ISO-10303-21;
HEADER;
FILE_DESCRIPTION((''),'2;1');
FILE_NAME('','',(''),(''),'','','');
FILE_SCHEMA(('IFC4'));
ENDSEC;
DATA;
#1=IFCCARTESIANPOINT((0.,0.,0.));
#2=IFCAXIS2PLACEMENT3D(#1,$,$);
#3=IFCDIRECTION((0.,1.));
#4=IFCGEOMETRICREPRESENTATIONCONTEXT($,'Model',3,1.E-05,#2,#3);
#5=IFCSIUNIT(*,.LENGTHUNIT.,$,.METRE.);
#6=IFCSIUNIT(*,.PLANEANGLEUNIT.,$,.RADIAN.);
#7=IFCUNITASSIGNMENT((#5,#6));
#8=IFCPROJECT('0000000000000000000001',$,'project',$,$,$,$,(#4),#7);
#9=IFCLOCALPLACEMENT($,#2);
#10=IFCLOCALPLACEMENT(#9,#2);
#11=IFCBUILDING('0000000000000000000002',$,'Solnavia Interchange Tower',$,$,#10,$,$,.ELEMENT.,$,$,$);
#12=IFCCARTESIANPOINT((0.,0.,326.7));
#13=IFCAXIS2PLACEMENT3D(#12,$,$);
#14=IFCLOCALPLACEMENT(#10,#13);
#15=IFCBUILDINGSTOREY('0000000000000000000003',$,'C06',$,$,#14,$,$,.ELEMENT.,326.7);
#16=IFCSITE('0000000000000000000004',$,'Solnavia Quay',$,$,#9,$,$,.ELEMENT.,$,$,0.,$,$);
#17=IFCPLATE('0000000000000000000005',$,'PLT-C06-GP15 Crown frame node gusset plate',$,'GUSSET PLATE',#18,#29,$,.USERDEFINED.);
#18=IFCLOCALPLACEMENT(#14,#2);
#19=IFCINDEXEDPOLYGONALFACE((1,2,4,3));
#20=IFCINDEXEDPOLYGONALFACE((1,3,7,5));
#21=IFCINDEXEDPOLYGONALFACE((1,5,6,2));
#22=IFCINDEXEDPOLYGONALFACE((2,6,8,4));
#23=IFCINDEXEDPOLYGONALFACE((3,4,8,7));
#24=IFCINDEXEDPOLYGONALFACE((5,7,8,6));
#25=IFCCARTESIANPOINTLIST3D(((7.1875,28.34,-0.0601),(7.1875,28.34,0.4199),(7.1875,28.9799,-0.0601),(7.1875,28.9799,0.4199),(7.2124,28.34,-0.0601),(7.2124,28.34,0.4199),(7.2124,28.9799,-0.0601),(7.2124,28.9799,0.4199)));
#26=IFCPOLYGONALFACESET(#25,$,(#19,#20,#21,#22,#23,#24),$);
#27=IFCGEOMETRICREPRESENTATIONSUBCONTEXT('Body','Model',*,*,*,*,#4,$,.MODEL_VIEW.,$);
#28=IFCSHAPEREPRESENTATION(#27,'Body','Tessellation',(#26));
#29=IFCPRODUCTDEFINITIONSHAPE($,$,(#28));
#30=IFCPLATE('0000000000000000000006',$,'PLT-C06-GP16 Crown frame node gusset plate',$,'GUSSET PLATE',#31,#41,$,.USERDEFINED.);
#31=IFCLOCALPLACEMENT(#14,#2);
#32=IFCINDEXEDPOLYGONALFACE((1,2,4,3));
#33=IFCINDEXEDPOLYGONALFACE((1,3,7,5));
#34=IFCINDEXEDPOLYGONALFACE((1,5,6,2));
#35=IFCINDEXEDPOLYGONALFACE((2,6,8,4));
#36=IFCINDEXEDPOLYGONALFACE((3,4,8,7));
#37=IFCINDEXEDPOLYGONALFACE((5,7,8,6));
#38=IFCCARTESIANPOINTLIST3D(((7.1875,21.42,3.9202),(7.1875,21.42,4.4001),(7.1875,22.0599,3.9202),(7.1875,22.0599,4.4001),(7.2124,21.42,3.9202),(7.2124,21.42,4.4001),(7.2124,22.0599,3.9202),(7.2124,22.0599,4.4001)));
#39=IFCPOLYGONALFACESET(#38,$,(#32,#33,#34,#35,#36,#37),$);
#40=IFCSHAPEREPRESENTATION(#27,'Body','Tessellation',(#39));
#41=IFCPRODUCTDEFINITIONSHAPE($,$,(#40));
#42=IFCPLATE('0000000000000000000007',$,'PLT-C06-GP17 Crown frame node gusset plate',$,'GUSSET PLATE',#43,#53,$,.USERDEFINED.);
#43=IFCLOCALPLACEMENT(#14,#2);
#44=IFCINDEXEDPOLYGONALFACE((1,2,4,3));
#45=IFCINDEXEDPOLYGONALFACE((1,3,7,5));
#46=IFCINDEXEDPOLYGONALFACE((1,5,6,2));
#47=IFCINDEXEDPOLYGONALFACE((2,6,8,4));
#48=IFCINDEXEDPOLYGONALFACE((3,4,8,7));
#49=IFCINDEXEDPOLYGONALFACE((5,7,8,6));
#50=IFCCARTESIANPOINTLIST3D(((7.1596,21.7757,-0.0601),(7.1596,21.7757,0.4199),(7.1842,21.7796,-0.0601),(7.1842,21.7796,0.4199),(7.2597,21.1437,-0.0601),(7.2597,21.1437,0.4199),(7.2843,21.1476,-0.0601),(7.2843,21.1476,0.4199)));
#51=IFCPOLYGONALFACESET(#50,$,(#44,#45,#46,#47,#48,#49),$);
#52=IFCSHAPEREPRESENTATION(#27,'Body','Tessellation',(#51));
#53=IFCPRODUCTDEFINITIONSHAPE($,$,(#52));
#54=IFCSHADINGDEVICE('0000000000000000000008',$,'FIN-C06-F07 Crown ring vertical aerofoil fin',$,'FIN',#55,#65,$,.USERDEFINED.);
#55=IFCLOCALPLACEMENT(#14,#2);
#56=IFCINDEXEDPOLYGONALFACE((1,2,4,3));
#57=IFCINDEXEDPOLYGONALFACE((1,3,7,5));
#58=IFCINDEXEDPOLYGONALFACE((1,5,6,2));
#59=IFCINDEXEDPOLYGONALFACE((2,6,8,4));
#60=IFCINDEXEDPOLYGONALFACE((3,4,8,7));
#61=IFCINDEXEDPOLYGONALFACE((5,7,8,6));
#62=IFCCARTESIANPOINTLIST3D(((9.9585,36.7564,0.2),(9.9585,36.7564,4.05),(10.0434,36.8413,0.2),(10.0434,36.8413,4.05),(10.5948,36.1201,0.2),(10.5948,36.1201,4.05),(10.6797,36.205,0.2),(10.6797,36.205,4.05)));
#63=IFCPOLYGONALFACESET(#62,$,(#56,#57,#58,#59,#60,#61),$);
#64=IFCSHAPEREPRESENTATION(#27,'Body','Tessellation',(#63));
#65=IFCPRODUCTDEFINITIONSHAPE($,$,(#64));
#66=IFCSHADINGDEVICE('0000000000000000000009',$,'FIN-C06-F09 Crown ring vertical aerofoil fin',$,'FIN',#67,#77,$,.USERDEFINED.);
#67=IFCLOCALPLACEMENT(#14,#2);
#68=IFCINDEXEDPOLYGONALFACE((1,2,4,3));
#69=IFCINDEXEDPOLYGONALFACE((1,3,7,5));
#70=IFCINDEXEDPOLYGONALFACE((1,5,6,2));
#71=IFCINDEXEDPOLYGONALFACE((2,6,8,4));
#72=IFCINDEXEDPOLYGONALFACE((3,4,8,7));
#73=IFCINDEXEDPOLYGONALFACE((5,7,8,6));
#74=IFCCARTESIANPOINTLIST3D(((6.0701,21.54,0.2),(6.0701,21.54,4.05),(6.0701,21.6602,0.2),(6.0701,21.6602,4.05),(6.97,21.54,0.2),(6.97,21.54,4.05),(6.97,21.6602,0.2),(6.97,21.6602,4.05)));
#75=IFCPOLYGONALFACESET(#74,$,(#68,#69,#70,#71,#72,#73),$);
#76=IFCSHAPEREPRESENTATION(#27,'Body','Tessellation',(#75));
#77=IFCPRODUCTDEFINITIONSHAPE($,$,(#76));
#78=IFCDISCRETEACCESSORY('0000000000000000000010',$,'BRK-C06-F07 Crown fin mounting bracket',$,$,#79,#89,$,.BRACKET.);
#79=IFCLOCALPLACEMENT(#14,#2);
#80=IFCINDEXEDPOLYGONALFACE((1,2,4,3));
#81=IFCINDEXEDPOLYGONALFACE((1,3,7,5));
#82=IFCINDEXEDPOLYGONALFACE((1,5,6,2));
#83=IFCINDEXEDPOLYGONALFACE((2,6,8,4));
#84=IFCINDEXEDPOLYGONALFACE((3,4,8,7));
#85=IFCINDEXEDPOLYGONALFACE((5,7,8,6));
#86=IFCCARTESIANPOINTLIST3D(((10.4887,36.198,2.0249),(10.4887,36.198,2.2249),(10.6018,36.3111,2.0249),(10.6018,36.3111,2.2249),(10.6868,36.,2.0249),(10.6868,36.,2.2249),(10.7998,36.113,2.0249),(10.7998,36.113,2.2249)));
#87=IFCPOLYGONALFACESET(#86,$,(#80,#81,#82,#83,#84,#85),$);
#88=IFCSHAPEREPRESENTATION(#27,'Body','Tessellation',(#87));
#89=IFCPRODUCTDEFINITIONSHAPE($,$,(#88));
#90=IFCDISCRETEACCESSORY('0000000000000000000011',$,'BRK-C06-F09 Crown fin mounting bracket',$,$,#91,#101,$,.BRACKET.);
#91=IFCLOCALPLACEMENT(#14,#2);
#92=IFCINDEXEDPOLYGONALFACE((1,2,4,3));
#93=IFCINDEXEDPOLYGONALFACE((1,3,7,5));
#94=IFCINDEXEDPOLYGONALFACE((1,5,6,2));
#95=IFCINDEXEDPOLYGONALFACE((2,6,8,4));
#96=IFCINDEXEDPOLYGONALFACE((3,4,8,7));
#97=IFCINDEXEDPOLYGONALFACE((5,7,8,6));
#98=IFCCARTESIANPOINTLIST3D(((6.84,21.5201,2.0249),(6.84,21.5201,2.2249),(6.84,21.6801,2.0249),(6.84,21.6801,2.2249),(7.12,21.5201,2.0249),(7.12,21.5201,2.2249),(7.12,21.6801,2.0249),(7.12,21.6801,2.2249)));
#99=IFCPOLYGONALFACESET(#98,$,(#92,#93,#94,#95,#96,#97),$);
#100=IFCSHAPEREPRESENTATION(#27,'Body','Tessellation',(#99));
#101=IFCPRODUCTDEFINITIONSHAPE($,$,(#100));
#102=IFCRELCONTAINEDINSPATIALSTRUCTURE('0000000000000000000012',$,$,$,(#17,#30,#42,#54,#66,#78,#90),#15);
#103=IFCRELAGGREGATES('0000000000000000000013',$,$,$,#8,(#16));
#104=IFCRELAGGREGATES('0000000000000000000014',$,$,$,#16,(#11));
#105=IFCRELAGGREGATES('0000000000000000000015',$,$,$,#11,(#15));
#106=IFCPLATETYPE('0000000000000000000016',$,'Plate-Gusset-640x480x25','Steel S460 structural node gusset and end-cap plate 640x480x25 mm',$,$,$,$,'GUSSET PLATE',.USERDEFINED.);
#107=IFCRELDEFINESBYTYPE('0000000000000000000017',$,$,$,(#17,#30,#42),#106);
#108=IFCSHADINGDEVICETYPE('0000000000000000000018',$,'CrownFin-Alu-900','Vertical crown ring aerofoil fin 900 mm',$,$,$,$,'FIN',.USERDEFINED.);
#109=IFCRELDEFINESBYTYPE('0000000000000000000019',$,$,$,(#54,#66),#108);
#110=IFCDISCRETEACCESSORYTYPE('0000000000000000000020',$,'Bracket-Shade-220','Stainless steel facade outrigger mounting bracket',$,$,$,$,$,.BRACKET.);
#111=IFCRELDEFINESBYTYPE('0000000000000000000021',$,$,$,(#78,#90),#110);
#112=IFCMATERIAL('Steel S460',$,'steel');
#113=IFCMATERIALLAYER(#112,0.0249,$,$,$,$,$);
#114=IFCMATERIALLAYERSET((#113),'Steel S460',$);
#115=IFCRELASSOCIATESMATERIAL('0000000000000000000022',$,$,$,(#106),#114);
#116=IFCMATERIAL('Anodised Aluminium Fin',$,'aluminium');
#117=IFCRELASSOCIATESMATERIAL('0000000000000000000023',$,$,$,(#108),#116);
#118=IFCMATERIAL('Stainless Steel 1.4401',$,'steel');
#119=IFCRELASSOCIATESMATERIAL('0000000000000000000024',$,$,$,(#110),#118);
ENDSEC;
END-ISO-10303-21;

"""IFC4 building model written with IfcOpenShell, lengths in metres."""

from ifc_helpers import new_model, si_unit, direction, frame, origin, origin_2d, place, context, subcontext, project, spatial, rectangle, extrude, material, layer, layer_set, type_object, element, save


model = new_model("IFC4")

# Units and contexts
model_context = context("Model", 3, precision=1e-05, world=origin(), true_north=direction((0.0, 1.0)))
body_context = subcontext(model_context, "Body", "Model", "MODEL_VIEW")
ifc_project = project(units=[si_unit("LENGTHUNIT", "METRE"), si_unit("PLANEANGLEUNIT", "RADIAN")], contexts=[model_context])

# Site, building, storey
site_placement = place(None, origin())
site = spatial("IfcSite", under=ifc_project, at=site_placement, Name="Solnavia Quay", CompositionType="ELEMENT", RefElevation=0.0)
building_placement = place(site_placement, origin())
building = spatial("IfcBuilding", under=site, at=building_placement, Name="Solnavia Interchange Tower", CompositionType="ELEMENT")
storey_placement = place(building_placement, frame((0.0, 0.0, 326.7)))
storey = spatial("IfcBuildingStorey", under=building, at=storey_placement, Name="C06", CompositionType="ELEMENT", Elevation=326.7)

# Shared definitions
ifc_material_1 = material(Name="Steel S460", Category="steel")

# Plates
ifc_layer = layer(ifc_material_1, 0.0249)
ifc_layer_set = layer_set([ifc_layer], Name="Steel S460")
plate_type = type_object("IfcPlateType", Name="Plate-Gusset-640x480x25", Description="Steel S460 structural node gusset and end-cap plate 640x480x25 mm", ElementType="GUSSET PLATE", PredefinedType="USERDEFINED", material=ifc_layer_set)
for number, where, z_axis, x_axis, name in (
    (1, (7.2, 28.6599, -0.0601), (0.0, 0.0, 1.0), (0.0, -1.0, 0.0), "PLT-C06-GP15 Crown frame node gusset plate"),
    (2, (7.2, 21.74, 3.9202), (0.0, 0.0, 1.0), (0.0, -1.0, 0.0), "PLT-C06-GP16 Crown frame node gusset plate"),
    (3, (7.2219, 21.4617, -0.0601), (0.0, 0.0, 1.0), (0.156434, -0.987688, 0.0), "PLT-C06-GP17 Crown frame node gusset plate"),
):
    element("IfcPlate", number, at=place(storey_placement, frame(where, z_axis=z_axis, x_axis=x_axis)), inside=storey, type_object=plate_type, Name=name, ObjectType="GUSSET PLATE", PredefinedType="USERDEFINED", context=body_context, shape_type="SweptSolid", body=[
        extrude(rectangle(XDim=0.6399, YDim=0.0249, at=origin_2d()), origin(), (0.0, 0.0, 1.0), 0.48),
    ])

# Shading devices
ifc_material_2 = material(Name="Anodised Aluminium Fin", Category="aluminium")
shading_device_type = type_object("IfcShadingDeviceType", Name="CrownFin-Alu-900", Description="Vertical crown ring aerofoil fin 900 mm", ElementType="FIN", PredefinedType="USERDEFINED", material=ifc_material_2)
for number, where, z_axis, x_axis, name in (
    (4, (10.3191, 36.4807, 0.2), (0.0, 0.0, 1.0), (-0.707107, 0.707107, 0.0), "FIN-C06-F07 Crown ring vertical aerofoil fin"),
    (5, (6.52, 21.6001, 0.2), (0.0, 0.0, 1.0), (-1.0, 0.0, 0.0), "FIN-C06-F09 Crown ring vertical aerofoil fin"),
):
    element("IfcShadingDevice", number, at=place(storey_placement, frame(where, z_axis=z_axis, x_axis=x_axis)), inside=storey, type_object=shading_device_type, Name=name, ObjectType="FIN", PredefinedType="USERDEFINED", context=body_context, shape_type="SweptSolid", body=[
        extrude(rectangle(XDim=0.8999, YDim=0.1201, at=origin_2d()), origin(), (0.0, 0.0, 1.0), 3.8501),
    ])

# Discrete accessories
ifc_material_3 = material(Name="Stainless Steel 1.4401", Category="steel")
discrete_accessory_type = type_object("IfcDiscreteAccessoryType", Name="Bracket-Shade-220", Description="Stainless steel facade outrigger mounting bracket", PredefinedType="BRACKET", material=ifc_material_3)
for number, where, z_axis, x_axis, name in (
    (6, (10.6443, 36.1555, 2.0249), (0.0, 0.0, 1.0), (-0.707107, 0.707107, 0.0), "BRK-C06-F07 Crown fin mounting bracket"),
    (7, (6.98, 21.6001, 2.0249), (0.0, 0.0, 1.0), (-1.0, 0.0, 0.0), "BRK-C06-F09 Crown fin mounting bracket"),
):
    element("IfcDiscreteAccessory", number, at=place(storey_placement, frame(where, z_axis=z_axis, x_axis=x_axis)), inside=storey, type_object=discrete_accessory_type, Name=name, PredefinedType="BRACKET", context=body_context, shape_type="SweptSolid", body=[
        extrude(rectangle(XDim=0.28, YDim=0.1599, at=origin_2d()), origin(), (0.0, 0.0, 1.0), 0.2),
    ])

save(model, "model.ifc")
